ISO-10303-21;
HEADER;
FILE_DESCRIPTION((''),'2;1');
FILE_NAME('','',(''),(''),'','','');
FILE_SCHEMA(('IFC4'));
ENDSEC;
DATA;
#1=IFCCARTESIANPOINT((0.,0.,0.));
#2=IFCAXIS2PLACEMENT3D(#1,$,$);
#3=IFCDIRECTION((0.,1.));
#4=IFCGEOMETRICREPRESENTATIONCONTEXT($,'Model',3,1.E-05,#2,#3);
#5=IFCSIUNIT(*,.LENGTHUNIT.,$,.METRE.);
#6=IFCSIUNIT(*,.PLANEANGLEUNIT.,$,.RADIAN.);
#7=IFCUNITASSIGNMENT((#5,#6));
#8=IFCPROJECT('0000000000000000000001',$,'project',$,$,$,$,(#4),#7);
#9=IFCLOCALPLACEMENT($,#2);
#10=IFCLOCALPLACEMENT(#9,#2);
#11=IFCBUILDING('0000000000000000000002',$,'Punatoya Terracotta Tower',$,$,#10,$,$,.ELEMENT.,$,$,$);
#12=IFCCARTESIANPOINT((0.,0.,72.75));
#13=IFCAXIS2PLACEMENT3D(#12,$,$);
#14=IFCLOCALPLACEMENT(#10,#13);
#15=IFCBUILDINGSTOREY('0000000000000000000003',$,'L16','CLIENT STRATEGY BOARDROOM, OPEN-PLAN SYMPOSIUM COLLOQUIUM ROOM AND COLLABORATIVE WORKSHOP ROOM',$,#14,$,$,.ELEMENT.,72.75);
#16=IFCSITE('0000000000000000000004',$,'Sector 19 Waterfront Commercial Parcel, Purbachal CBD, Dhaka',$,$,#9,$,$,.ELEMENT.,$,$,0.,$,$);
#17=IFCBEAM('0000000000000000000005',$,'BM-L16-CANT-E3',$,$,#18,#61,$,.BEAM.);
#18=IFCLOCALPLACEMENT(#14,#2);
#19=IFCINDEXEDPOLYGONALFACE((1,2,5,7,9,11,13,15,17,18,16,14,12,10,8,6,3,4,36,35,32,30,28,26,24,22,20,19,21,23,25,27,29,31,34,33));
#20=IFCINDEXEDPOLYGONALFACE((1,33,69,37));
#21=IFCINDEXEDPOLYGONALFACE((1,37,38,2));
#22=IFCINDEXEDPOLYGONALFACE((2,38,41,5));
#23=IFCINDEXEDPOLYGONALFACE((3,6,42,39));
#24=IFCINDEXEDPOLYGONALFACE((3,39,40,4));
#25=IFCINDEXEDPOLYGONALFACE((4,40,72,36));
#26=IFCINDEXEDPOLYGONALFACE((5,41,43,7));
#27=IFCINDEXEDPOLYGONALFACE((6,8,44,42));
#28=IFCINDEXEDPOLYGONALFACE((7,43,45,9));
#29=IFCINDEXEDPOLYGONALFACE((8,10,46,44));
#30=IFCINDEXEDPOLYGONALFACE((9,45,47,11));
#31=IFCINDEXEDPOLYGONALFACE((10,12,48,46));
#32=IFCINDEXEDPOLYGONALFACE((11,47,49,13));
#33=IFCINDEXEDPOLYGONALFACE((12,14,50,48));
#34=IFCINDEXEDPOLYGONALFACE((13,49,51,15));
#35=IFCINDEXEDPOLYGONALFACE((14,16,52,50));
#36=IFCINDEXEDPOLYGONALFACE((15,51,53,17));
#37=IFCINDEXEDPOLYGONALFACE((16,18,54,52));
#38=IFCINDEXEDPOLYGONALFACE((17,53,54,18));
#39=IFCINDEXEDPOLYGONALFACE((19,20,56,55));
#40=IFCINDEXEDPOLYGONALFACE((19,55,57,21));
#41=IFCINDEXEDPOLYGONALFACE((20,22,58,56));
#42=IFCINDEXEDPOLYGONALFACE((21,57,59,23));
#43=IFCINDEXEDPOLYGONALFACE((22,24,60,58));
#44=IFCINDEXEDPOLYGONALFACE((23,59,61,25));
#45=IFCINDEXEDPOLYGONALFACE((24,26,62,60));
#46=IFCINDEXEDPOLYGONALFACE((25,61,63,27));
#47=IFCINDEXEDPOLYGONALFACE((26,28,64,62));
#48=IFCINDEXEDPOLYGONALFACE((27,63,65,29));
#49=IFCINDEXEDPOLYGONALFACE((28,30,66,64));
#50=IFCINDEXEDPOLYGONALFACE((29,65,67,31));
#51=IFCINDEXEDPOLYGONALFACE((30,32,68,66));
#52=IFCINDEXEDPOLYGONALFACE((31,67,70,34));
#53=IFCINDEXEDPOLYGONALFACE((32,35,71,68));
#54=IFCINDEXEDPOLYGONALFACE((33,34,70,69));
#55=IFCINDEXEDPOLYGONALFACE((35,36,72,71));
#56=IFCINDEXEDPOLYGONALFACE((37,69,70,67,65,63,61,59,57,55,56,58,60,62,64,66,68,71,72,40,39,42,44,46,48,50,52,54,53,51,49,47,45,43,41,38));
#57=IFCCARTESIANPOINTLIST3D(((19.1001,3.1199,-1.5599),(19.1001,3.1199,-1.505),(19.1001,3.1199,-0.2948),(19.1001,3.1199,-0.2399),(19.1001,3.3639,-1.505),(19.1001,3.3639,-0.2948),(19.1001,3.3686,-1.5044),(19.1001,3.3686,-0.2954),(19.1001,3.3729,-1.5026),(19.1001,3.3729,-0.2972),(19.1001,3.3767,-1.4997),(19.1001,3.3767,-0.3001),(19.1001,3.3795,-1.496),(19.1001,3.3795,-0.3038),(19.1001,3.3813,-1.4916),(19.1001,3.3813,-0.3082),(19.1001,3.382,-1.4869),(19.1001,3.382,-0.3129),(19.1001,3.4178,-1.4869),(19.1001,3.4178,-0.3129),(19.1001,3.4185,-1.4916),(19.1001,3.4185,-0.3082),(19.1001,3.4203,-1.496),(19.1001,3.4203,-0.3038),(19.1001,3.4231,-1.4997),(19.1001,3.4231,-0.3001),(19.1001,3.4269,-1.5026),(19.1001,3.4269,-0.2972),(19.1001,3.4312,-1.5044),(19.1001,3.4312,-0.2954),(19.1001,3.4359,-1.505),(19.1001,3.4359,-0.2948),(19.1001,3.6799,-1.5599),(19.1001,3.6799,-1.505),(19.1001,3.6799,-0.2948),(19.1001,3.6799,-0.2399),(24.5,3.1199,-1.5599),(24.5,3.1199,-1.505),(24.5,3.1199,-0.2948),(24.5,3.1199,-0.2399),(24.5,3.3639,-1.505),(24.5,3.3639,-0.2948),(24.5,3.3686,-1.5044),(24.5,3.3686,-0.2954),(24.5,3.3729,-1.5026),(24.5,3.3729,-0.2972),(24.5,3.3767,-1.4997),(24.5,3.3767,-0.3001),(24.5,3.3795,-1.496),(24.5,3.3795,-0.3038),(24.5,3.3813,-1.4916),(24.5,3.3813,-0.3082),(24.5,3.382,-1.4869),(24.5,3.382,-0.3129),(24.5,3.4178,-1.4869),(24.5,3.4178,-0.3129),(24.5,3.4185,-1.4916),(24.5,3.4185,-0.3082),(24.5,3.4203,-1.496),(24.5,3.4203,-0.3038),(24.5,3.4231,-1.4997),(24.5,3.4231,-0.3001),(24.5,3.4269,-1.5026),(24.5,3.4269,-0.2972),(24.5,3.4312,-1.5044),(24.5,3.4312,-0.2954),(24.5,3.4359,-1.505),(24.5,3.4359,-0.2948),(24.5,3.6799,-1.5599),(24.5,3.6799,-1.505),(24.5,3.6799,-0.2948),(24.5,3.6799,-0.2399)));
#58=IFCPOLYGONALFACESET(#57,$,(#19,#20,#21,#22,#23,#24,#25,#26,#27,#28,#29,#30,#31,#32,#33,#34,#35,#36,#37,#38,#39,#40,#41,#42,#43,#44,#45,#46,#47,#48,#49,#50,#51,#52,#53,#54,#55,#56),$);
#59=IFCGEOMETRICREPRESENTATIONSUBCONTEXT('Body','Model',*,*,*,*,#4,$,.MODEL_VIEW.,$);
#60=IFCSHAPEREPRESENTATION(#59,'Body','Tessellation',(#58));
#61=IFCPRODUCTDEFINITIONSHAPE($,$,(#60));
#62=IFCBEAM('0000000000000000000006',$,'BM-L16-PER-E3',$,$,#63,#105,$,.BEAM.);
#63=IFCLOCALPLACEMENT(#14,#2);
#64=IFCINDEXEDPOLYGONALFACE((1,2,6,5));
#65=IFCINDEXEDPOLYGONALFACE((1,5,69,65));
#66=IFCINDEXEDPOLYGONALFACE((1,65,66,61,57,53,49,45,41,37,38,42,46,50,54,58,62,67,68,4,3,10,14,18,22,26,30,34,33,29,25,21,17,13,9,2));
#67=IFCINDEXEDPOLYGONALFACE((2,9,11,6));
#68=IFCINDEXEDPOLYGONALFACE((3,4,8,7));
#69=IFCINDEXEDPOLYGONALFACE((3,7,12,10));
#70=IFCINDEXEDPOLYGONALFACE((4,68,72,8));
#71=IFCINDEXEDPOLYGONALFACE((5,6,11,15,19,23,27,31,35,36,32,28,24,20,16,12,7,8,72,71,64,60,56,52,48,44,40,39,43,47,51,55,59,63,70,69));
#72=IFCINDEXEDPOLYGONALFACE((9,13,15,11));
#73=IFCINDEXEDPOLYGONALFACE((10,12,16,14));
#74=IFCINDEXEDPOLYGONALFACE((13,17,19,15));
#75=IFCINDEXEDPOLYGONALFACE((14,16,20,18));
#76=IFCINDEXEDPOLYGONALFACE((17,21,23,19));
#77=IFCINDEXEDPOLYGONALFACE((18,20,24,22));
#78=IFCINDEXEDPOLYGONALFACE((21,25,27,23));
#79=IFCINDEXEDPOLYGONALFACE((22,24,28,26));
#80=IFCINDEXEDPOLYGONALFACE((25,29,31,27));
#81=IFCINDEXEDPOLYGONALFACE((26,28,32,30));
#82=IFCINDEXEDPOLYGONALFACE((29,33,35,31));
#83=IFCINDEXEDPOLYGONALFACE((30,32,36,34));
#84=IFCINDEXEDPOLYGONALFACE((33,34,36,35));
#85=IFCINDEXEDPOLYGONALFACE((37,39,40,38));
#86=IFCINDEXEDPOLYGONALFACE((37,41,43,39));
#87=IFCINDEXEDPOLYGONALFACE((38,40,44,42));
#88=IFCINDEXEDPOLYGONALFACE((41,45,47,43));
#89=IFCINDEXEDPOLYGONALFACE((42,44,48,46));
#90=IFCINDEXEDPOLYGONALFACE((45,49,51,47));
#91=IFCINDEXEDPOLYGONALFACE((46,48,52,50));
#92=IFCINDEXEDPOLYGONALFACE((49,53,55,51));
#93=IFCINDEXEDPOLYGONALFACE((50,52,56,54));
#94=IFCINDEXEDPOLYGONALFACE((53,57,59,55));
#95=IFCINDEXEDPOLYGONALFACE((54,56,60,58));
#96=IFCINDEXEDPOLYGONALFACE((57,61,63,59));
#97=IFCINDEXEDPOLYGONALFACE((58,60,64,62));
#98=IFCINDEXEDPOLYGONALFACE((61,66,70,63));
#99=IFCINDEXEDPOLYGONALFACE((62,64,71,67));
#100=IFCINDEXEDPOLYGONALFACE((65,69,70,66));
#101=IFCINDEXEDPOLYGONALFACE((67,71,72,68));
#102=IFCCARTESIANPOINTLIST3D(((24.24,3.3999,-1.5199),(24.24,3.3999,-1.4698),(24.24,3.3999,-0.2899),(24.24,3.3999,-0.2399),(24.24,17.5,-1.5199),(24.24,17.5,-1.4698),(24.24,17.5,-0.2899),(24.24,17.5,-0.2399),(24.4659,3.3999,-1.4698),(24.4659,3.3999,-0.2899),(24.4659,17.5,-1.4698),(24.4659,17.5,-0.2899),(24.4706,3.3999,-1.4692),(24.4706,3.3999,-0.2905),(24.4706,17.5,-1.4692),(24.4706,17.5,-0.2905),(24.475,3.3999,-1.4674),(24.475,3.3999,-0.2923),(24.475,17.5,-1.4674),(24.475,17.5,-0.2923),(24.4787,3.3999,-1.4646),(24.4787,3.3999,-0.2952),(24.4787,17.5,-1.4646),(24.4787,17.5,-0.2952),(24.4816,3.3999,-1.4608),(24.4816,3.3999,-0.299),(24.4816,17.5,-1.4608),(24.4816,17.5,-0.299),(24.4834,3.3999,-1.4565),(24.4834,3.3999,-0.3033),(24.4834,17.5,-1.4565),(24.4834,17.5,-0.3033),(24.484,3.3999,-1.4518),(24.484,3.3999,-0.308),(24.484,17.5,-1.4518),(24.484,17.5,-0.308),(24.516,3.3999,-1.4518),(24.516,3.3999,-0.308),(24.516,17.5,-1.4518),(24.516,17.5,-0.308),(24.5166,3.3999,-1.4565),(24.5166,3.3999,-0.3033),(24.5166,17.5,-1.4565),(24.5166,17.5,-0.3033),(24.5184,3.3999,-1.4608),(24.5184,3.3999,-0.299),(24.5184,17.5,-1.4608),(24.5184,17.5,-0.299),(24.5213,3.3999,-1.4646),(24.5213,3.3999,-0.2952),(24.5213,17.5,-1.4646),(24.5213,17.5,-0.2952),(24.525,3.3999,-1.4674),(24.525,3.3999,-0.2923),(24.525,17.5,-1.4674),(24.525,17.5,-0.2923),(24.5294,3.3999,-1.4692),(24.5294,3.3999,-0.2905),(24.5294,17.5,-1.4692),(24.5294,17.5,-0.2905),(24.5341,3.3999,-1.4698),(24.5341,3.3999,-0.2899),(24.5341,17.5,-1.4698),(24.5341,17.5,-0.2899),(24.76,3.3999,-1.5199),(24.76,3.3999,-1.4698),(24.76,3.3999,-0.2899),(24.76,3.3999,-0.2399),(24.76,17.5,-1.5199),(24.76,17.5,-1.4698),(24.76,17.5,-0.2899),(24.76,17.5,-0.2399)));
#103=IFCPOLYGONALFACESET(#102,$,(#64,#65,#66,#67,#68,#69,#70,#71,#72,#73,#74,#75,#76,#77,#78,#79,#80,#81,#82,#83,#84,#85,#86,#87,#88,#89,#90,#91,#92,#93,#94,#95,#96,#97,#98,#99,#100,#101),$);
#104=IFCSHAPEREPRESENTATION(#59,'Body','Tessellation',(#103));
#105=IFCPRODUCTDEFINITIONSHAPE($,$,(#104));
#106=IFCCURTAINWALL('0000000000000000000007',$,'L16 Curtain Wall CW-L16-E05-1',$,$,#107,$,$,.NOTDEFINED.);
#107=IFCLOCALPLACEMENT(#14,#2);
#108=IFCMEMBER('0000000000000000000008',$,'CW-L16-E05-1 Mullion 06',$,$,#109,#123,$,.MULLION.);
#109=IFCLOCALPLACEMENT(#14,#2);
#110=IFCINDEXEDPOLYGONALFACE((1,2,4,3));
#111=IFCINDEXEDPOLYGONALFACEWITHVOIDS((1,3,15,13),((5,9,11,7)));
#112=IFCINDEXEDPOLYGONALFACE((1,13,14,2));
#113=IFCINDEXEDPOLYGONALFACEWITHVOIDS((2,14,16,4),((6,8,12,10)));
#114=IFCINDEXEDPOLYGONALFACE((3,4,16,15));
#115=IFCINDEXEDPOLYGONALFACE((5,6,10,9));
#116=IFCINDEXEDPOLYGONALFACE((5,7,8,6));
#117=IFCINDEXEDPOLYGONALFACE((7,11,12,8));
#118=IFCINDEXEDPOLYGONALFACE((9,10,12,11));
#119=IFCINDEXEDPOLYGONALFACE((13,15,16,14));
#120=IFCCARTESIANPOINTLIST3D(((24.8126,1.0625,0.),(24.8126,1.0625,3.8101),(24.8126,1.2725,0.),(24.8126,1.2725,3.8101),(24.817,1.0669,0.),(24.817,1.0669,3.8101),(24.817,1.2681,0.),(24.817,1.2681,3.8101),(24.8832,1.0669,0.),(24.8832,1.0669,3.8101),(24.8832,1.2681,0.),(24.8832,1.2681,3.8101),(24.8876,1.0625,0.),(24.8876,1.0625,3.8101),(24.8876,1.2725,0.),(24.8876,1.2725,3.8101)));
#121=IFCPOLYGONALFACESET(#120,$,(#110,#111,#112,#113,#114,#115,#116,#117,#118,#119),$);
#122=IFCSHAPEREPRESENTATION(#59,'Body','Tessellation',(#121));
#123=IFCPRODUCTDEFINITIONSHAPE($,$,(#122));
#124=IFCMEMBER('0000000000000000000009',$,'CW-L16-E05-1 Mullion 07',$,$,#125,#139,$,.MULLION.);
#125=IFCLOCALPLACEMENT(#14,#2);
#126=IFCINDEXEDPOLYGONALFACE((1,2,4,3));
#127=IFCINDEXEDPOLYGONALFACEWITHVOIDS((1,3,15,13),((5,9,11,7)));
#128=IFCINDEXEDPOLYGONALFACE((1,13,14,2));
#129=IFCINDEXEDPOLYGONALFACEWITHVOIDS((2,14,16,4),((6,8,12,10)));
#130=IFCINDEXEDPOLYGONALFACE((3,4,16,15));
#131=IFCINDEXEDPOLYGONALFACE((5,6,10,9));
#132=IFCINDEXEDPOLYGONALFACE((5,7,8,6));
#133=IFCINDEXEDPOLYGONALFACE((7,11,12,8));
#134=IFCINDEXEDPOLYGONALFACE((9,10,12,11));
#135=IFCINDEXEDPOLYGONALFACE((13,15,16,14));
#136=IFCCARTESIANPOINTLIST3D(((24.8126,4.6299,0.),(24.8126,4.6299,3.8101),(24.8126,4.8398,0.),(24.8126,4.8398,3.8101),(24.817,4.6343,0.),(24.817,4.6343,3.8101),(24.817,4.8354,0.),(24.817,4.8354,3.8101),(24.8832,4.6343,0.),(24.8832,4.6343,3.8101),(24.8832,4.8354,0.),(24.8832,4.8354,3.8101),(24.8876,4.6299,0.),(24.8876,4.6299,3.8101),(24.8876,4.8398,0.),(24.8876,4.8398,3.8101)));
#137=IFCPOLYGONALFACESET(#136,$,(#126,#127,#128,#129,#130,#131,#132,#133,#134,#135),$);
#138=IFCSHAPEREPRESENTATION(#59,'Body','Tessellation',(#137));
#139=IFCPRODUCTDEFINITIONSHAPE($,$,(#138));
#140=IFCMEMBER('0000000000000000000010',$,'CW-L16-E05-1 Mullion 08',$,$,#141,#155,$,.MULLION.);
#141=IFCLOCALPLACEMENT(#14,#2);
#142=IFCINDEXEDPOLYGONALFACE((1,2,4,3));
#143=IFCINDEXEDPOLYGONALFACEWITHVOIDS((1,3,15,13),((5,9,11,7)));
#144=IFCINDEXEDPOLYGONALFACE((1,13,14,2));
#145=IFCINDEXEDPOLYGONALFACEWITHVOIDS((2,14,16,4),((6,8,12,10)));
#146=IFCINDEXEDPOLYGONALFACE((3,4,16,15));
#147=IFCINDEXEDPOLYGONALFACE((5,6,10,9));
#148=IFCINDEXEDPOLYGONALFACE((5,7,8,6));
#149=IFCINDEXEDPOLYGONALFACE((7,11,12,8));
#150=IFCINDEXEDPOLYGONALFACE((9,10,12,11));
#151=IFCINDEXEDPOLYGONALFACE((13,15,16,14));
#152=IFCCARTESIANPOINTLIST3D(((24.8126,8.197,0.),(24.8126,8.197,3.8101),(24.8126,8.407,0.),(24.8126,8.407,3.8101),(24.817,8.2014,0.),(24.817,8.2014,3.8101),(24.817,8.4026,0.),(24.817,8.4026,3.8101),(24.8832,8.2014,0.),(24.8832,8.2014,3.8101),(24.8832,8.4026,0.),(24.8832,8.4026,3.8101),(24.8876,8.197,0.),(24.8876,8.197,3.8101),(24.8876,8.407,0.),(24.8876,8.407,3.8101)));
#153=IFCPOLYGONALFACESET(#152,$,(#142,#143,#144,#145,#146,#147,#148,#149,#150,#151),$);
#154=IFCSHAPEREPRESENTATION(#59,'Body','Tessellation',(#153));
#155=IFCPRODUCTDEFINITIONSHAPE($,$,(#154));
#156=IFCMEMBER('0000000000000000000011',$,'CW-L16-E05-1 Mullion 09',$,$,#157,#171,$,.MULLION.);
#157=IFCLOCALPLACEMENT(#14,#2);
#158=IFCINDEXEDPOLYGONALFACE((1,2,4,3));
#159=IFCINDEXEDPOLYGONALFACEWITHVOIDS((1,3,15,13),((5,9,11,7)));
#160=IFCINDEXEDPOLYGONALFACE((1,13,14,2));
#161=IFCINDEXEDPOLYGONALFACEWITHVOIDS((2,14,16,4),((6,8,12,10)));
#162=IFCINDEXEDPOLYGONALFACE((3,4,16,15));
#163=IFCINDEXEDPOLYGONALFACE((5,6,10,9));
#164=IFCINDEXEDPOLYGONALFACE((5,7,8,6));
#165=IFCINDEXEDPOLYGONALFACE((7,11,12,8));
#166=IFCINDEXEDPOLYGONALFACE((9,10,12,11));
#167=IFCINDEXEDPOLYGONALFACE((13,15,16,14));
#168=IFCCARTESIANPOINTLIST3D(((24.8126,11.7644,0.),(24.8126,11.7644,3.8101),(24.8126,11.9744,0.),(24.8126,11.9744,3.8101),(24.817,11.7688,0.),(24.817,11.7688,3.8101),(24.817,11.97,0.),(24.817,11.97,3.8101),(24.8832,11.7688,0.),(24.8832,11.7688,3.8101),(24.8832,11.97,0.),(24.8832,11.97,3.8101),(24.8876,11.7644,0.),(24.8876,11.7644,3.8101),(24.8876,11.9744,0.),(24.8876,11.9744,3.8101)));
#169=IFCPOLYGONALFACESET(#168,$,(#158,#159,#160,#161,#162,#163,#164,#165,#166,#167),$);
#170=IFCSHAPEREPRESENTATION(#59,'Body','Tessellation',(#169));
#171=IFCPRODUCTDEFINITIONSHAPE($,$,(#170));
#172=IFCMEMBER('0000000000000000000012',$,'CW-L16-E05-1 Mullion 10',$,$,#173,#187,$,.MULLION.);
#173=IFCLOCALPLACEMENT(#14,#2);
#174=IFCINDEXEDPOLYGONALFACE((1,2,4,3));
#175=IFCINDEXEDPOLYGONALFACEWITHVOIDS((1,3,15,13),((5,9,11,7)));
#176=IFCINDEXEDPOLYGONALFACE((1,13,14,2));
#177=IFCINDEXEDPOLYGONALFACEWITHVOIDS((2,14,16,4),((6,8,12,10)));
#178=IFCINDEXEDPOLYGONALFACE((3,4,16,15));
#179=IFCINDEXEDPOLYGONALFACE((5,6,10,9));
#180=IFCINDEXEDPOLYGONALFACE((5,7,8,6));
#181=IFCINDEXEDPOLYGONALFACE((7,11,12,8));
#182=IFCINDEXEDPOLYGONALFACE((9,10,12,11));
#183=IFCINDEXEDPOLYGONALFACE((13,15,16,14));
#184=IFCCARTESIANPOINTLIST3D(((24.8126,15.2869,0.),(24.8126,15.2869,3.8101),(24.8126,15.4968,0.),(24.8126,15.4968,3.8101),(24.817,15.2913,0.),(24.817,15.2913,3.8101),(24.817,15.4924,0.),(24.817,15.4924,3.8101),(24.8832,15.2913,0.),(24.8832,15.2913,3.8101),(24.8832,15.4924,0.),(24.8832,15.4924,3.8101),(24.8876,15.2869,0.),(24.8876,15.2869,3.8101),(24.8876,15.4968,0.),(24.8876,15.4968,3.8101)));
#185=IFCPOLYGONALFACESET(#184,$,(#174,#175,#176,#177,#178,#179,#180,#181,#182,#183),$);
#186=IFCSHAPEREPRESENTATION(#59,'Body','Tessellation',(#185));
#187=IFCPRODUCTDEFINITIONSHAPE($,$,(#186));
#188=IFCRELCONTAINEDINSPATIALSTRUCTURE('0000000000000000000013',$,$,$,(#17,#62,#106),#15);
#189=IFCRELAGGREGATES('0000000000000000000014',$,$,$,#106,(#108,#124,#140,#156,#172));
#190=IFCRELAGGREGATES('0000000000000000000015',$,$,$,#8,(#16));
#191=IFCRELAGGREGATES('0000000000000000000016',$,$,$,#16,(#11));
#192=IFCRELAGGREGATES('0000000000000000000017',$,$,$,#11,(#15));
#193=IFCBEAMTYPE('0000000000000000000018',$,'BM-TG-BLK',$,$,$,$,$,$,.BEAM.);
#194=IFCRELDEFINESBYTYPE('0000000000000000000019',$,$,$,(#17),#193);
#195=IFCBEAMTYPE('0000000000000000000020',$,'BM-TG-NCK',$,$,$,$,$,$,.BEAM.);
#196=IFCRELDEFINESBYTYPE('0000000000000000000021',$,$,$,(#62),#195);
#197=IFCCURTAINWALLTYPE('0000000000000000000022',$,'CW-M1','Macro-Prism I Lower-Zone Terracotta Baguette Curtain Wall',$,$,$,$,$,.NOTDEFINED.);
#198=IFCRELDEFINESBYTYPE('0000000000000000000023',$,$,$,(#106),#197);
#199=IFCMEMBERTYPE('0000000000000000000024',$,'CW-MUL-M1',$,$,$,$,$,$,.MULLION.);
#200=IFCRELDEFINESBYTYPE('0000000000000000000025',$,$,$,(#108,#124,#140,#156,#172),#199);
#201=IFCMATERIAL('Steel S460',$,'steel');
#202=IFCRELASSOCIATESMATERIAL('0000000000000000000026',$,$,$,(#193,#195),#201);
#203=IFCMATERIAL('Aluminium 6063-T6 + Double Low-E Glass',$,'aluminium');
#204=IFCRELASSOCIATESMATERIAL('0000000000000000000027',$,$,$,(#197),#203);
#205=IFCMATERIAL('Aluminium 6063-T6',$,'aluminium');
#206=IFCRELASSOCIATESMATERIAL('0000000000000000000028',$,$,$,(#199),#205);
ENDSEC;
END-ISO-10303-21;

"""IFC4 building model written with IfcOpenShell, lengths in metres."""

from ifc_helpers import new_model, si_unit, direction, frame, origin, origin_2d, place, context, subcontext, project, spatial, hollow_rectangle, i_section, extrude, material, material_profile, profile_set, type_object, element, aggregate, save


model = new_model("IFC4")

# Units and contexts
model_context = context("Model", 3, precision=1e-05, world=origin(), true_north=direction((0.0, 1.0)))
body_context = subcontext(model_context, "Body", "Model", "MODEL_VIEW")
ifc_project = project(units=[si_unit("LENGTHUNIT", "METRE"), si_unit("PLANEANGLEUNIT", "RADIAN")], contexts=[model_context])

# Site, building, storey
site_placement = place(None, origin())
site = spatial("IfcSite", under=ifc_project, at=site_placement, Name="Sector 19 Waterfront Commercial Parcel, Purbachal CBD, Dhaka", CompositionType="ELEMENT", RefElevation=0.0)
building_placement = place(site_placement, origin())
building = spatial("IfcBuilding", under=site, at=building_placement, Name="Punatoya Terracotta Tower", CompositionType="ELEMENT")
storey_placement = place(building_placement, frame((0.0, 0.0, 72.75)))
storey = spatial("IfcBuildingStorey", under=building, at=storey_placement, Name="L16", Description="CLIENT STRATEGY BOARDROOM, OPEN-PLAN SYMPOSIUM COLLOQUIUM ROOM AND COLLABORATIVE WORKSHOP ROOM", CompositionType="ELEMENT", Elevation=72.75)

# Shared definitions
ifc_material_1 = material(Name="Steel S460", Category="steel")

# Beams
ifc_material_profile_1 = material_profile(ifc_material_1, i_section(OverallWidth=0.5601, OverallDepth=1.3201, WebThickness=0.0359, FlangeThickness=0.0549, FilletRadius=0.0181, at=origin_2d()))
ifc_profile_set_1 = profile_set([ifc_material_profile_1], Name="Steel S460")
beam_type_1 = type_object("IfcBeamType", Name="BM-TG-BLK", PredefinedType="BEAM", material=ifc_profile_set_1)
beam_1_placement = place(storey_placement, frame((19.1001, 3.3999, -0.8999), z_axis=(1.0, 0.0, 0.0), x_axis=(0.0, 1.0, 0.0)))
element("IfcBeam", 1, at=beam_1_placement, inside=storey, type_object=beam_type_1, Name="BM-L16-CANT-E3", PredefinedType="BEAM", context=body_context, shape_type="SweptSolid", body=[
    extrude(i_section(OverallWidth=0.5601, OverallDepth=1.3201, WebThickness=0.0359, FlangeThickness=0.0549, FilletRadius=0.0181, at=origin_2d()), origin(), (0.0, 0.0, 1.0), 5.3999),
])
ifc_material_profile_2 = material_profile(ifc_material_1, i_section(OverallWidth=0.52, OverallDepth=1.28, WebThickness=0.032, FlangeThickness=0.05, FilletRadius=0.0181, at=origin_2d()))
ifc_profile_set_2 = profile_set([ifc_material_profile_2], Name="Steel S460")
beam_type_2 = type_object("IfcBeamType", Name="BM-TG-NCK", PredefinedType="BEAM", material=ifc_profile_set_2)
beam_2_placement = place(storey_placement, frame((24.5, 3.3999, -0.8799), z_axis=(0.0, 1.0, 0.0), x_axis=(-1.0, 0.0, 0.0)))
element("IfcBeam", 2, at=beam_2_placement, inside=storey, type_object=beam_type_2, Name="BM-L16-PER-E3", PredefinedType="BEAM", context=body_context, shape_type="SweptSolid", body=[
    extrude(i_section(OverallWidth=0.52, OverallDepth=1.28, WebThickness=0.032, FlangeThickness=0.05, FilletRadius=0.0181, at=origin_2d()), origin(), (0.0, 0.0, 1.0), 14.1001),
])

# Curtain wall, members
ifc_material_2 = material(Name="Aluminium 6063-T6 + Double Low-E Glass", Category="aluminium")
curtain_wall_type = type_object("IfcCurtainWallType", Name="CW-M1", Description="Macro-Prism I Lower-Zone Terracotta Baguette Curtain Wall", PredefinedType="NOTDEFINED", material=ifc_material_2)
curtain_wall_1_placement = place(storey_placement, origin())
curtain_wall_1 = element("IfcCurtainWall", 3, at=curtain_wall_1_placement, inside=storey, type_object=curtain_wall_type, Name="L16 Curtain Wall CW-L16-E05-1", PredefinedType="NOTDEFINED")
ifc_material_3 = material(Name="Aluminium 6063-T6", Category="aluminium")
ifc_material_profile_3 = material_profile(ifc_material_3, hollow_rectangle(XDim=0.075, YDim=0.21, WallThickness=0.0044, at=origin_2d()))
ifc_profile_set_3 = profile_set([ifc_material_profile_3], Name="Aluminium 6063-T6")
member_type_1 = type_object("IfcMemberType", Name="CW-MUL-M1", PredefinedType="MULLION", material=ifc_profile_set_3)
member_1_placement = place(storey_placement, frame((24.8501, 1.1675, 0.0), z_axis=(0.0, 0.0, 1.0), x_axis=(1.0, 0.0, 0.0)))
member_1 = element("IfcMember", 4, at=member_1_placement, type_object=member_type_1, Name="CW-L16-E05-1 Mullion 06", PredefinedType="MULLION", context=body_context, shape_type="SweptSolid", body=[
    extrude(hollow_rectangle(XDim=0.075, YDim=0.21, WallThickness=0.0044, at=origin_2d()), origin(), (0.0, 0.0, 1.0), 3.8101),
])
member_2_placement = place(storey_placement, frame((24.8501, 4.7349, 0.0), z_axis=(0.0, 0.0, 1.0), x_axis=(1.0, 0.0, 0.0)))
member_2 = element("IfcMember", 5, at=member_2_placement, type_object=member_type_1, Name="CW-L16-E05-1 Mullion 07", PredefinedType="MULLION", context=body_context, shape_type="SweptSolid", body=[
    extrude(hollow_rectangle(XDim=0.075, YDim=0.21, WallThickness=0.0044, at=origin_2d()), origin(), (0.0, 0.0, 1.0), 3.8101),
])
member_3_placement = place(storey_placement, frame((24.8501, 8.302, 0.0), z_axis=(0.0, 0.0, 1.0), x_axis=(1.0, 0.0, 0.0)))
member_3 = element("IfcMember", 6, at=member_3_placement, type_object=member_type_1, Name="CW-L16-E05-1 Mullion 08", PredefinedType="MULLION", context=body_context, shape_type="SweptSolid", body=[
    extrude(hollow_rectangle(XDim=0.075, YDim=0.21, WallThickness=0.0044, at=origin_2d()), origin(), (0.0, 0.0, 1.0), 3.8101),
])
member_4_placement = place(storey_placement, frame((24.8501, 11.8694, 0.0), z_axis=(0.0, 0.0, 1.0), x_axis=(1.0, 0.0, 0.0)))
member_4 = element("IfcMember", 7, at=member_4_placement, type_object=member_type_1, Name="CW-L16-E05-1 Mullion 09", PredefinedType="MULLION", context=body_context, shape_type="SweptSolid", body=[
    extrude(hollow_rectangle(XDim=0.075, YDim=0.21, WallThickness=0.0044, at=origin_2d()), origin(), (0.0, 0.0, 1.0), 3.8101),
])
member_5_placement = place(storey_placement, frame((24.8501, 15.3918, 0.0), z_axis=(0.0, 0.0, 1.0), x_axis=(1.0, 0.0, 0.0)))
member_5 = element("IfcMember", 8, at=member_5_placement, type_object=member_type_1, Name="CW-L16-E05-1 Mullion 10", PredefinedType="MULLION", context=body_context, shape_type="SweptSolid", body=[
    extrude(hollow_rectangle(XDim=0.075, YDim=0.21, WallThickness=0.0044, at=origin_2d()), origin(), (0.0, 0.0, 1.0), 3.8101),
])

aggregate(curtain_wall_1, [member_1, member_2, member_3, member_4, member_5])

save(model, "model.ifc")
